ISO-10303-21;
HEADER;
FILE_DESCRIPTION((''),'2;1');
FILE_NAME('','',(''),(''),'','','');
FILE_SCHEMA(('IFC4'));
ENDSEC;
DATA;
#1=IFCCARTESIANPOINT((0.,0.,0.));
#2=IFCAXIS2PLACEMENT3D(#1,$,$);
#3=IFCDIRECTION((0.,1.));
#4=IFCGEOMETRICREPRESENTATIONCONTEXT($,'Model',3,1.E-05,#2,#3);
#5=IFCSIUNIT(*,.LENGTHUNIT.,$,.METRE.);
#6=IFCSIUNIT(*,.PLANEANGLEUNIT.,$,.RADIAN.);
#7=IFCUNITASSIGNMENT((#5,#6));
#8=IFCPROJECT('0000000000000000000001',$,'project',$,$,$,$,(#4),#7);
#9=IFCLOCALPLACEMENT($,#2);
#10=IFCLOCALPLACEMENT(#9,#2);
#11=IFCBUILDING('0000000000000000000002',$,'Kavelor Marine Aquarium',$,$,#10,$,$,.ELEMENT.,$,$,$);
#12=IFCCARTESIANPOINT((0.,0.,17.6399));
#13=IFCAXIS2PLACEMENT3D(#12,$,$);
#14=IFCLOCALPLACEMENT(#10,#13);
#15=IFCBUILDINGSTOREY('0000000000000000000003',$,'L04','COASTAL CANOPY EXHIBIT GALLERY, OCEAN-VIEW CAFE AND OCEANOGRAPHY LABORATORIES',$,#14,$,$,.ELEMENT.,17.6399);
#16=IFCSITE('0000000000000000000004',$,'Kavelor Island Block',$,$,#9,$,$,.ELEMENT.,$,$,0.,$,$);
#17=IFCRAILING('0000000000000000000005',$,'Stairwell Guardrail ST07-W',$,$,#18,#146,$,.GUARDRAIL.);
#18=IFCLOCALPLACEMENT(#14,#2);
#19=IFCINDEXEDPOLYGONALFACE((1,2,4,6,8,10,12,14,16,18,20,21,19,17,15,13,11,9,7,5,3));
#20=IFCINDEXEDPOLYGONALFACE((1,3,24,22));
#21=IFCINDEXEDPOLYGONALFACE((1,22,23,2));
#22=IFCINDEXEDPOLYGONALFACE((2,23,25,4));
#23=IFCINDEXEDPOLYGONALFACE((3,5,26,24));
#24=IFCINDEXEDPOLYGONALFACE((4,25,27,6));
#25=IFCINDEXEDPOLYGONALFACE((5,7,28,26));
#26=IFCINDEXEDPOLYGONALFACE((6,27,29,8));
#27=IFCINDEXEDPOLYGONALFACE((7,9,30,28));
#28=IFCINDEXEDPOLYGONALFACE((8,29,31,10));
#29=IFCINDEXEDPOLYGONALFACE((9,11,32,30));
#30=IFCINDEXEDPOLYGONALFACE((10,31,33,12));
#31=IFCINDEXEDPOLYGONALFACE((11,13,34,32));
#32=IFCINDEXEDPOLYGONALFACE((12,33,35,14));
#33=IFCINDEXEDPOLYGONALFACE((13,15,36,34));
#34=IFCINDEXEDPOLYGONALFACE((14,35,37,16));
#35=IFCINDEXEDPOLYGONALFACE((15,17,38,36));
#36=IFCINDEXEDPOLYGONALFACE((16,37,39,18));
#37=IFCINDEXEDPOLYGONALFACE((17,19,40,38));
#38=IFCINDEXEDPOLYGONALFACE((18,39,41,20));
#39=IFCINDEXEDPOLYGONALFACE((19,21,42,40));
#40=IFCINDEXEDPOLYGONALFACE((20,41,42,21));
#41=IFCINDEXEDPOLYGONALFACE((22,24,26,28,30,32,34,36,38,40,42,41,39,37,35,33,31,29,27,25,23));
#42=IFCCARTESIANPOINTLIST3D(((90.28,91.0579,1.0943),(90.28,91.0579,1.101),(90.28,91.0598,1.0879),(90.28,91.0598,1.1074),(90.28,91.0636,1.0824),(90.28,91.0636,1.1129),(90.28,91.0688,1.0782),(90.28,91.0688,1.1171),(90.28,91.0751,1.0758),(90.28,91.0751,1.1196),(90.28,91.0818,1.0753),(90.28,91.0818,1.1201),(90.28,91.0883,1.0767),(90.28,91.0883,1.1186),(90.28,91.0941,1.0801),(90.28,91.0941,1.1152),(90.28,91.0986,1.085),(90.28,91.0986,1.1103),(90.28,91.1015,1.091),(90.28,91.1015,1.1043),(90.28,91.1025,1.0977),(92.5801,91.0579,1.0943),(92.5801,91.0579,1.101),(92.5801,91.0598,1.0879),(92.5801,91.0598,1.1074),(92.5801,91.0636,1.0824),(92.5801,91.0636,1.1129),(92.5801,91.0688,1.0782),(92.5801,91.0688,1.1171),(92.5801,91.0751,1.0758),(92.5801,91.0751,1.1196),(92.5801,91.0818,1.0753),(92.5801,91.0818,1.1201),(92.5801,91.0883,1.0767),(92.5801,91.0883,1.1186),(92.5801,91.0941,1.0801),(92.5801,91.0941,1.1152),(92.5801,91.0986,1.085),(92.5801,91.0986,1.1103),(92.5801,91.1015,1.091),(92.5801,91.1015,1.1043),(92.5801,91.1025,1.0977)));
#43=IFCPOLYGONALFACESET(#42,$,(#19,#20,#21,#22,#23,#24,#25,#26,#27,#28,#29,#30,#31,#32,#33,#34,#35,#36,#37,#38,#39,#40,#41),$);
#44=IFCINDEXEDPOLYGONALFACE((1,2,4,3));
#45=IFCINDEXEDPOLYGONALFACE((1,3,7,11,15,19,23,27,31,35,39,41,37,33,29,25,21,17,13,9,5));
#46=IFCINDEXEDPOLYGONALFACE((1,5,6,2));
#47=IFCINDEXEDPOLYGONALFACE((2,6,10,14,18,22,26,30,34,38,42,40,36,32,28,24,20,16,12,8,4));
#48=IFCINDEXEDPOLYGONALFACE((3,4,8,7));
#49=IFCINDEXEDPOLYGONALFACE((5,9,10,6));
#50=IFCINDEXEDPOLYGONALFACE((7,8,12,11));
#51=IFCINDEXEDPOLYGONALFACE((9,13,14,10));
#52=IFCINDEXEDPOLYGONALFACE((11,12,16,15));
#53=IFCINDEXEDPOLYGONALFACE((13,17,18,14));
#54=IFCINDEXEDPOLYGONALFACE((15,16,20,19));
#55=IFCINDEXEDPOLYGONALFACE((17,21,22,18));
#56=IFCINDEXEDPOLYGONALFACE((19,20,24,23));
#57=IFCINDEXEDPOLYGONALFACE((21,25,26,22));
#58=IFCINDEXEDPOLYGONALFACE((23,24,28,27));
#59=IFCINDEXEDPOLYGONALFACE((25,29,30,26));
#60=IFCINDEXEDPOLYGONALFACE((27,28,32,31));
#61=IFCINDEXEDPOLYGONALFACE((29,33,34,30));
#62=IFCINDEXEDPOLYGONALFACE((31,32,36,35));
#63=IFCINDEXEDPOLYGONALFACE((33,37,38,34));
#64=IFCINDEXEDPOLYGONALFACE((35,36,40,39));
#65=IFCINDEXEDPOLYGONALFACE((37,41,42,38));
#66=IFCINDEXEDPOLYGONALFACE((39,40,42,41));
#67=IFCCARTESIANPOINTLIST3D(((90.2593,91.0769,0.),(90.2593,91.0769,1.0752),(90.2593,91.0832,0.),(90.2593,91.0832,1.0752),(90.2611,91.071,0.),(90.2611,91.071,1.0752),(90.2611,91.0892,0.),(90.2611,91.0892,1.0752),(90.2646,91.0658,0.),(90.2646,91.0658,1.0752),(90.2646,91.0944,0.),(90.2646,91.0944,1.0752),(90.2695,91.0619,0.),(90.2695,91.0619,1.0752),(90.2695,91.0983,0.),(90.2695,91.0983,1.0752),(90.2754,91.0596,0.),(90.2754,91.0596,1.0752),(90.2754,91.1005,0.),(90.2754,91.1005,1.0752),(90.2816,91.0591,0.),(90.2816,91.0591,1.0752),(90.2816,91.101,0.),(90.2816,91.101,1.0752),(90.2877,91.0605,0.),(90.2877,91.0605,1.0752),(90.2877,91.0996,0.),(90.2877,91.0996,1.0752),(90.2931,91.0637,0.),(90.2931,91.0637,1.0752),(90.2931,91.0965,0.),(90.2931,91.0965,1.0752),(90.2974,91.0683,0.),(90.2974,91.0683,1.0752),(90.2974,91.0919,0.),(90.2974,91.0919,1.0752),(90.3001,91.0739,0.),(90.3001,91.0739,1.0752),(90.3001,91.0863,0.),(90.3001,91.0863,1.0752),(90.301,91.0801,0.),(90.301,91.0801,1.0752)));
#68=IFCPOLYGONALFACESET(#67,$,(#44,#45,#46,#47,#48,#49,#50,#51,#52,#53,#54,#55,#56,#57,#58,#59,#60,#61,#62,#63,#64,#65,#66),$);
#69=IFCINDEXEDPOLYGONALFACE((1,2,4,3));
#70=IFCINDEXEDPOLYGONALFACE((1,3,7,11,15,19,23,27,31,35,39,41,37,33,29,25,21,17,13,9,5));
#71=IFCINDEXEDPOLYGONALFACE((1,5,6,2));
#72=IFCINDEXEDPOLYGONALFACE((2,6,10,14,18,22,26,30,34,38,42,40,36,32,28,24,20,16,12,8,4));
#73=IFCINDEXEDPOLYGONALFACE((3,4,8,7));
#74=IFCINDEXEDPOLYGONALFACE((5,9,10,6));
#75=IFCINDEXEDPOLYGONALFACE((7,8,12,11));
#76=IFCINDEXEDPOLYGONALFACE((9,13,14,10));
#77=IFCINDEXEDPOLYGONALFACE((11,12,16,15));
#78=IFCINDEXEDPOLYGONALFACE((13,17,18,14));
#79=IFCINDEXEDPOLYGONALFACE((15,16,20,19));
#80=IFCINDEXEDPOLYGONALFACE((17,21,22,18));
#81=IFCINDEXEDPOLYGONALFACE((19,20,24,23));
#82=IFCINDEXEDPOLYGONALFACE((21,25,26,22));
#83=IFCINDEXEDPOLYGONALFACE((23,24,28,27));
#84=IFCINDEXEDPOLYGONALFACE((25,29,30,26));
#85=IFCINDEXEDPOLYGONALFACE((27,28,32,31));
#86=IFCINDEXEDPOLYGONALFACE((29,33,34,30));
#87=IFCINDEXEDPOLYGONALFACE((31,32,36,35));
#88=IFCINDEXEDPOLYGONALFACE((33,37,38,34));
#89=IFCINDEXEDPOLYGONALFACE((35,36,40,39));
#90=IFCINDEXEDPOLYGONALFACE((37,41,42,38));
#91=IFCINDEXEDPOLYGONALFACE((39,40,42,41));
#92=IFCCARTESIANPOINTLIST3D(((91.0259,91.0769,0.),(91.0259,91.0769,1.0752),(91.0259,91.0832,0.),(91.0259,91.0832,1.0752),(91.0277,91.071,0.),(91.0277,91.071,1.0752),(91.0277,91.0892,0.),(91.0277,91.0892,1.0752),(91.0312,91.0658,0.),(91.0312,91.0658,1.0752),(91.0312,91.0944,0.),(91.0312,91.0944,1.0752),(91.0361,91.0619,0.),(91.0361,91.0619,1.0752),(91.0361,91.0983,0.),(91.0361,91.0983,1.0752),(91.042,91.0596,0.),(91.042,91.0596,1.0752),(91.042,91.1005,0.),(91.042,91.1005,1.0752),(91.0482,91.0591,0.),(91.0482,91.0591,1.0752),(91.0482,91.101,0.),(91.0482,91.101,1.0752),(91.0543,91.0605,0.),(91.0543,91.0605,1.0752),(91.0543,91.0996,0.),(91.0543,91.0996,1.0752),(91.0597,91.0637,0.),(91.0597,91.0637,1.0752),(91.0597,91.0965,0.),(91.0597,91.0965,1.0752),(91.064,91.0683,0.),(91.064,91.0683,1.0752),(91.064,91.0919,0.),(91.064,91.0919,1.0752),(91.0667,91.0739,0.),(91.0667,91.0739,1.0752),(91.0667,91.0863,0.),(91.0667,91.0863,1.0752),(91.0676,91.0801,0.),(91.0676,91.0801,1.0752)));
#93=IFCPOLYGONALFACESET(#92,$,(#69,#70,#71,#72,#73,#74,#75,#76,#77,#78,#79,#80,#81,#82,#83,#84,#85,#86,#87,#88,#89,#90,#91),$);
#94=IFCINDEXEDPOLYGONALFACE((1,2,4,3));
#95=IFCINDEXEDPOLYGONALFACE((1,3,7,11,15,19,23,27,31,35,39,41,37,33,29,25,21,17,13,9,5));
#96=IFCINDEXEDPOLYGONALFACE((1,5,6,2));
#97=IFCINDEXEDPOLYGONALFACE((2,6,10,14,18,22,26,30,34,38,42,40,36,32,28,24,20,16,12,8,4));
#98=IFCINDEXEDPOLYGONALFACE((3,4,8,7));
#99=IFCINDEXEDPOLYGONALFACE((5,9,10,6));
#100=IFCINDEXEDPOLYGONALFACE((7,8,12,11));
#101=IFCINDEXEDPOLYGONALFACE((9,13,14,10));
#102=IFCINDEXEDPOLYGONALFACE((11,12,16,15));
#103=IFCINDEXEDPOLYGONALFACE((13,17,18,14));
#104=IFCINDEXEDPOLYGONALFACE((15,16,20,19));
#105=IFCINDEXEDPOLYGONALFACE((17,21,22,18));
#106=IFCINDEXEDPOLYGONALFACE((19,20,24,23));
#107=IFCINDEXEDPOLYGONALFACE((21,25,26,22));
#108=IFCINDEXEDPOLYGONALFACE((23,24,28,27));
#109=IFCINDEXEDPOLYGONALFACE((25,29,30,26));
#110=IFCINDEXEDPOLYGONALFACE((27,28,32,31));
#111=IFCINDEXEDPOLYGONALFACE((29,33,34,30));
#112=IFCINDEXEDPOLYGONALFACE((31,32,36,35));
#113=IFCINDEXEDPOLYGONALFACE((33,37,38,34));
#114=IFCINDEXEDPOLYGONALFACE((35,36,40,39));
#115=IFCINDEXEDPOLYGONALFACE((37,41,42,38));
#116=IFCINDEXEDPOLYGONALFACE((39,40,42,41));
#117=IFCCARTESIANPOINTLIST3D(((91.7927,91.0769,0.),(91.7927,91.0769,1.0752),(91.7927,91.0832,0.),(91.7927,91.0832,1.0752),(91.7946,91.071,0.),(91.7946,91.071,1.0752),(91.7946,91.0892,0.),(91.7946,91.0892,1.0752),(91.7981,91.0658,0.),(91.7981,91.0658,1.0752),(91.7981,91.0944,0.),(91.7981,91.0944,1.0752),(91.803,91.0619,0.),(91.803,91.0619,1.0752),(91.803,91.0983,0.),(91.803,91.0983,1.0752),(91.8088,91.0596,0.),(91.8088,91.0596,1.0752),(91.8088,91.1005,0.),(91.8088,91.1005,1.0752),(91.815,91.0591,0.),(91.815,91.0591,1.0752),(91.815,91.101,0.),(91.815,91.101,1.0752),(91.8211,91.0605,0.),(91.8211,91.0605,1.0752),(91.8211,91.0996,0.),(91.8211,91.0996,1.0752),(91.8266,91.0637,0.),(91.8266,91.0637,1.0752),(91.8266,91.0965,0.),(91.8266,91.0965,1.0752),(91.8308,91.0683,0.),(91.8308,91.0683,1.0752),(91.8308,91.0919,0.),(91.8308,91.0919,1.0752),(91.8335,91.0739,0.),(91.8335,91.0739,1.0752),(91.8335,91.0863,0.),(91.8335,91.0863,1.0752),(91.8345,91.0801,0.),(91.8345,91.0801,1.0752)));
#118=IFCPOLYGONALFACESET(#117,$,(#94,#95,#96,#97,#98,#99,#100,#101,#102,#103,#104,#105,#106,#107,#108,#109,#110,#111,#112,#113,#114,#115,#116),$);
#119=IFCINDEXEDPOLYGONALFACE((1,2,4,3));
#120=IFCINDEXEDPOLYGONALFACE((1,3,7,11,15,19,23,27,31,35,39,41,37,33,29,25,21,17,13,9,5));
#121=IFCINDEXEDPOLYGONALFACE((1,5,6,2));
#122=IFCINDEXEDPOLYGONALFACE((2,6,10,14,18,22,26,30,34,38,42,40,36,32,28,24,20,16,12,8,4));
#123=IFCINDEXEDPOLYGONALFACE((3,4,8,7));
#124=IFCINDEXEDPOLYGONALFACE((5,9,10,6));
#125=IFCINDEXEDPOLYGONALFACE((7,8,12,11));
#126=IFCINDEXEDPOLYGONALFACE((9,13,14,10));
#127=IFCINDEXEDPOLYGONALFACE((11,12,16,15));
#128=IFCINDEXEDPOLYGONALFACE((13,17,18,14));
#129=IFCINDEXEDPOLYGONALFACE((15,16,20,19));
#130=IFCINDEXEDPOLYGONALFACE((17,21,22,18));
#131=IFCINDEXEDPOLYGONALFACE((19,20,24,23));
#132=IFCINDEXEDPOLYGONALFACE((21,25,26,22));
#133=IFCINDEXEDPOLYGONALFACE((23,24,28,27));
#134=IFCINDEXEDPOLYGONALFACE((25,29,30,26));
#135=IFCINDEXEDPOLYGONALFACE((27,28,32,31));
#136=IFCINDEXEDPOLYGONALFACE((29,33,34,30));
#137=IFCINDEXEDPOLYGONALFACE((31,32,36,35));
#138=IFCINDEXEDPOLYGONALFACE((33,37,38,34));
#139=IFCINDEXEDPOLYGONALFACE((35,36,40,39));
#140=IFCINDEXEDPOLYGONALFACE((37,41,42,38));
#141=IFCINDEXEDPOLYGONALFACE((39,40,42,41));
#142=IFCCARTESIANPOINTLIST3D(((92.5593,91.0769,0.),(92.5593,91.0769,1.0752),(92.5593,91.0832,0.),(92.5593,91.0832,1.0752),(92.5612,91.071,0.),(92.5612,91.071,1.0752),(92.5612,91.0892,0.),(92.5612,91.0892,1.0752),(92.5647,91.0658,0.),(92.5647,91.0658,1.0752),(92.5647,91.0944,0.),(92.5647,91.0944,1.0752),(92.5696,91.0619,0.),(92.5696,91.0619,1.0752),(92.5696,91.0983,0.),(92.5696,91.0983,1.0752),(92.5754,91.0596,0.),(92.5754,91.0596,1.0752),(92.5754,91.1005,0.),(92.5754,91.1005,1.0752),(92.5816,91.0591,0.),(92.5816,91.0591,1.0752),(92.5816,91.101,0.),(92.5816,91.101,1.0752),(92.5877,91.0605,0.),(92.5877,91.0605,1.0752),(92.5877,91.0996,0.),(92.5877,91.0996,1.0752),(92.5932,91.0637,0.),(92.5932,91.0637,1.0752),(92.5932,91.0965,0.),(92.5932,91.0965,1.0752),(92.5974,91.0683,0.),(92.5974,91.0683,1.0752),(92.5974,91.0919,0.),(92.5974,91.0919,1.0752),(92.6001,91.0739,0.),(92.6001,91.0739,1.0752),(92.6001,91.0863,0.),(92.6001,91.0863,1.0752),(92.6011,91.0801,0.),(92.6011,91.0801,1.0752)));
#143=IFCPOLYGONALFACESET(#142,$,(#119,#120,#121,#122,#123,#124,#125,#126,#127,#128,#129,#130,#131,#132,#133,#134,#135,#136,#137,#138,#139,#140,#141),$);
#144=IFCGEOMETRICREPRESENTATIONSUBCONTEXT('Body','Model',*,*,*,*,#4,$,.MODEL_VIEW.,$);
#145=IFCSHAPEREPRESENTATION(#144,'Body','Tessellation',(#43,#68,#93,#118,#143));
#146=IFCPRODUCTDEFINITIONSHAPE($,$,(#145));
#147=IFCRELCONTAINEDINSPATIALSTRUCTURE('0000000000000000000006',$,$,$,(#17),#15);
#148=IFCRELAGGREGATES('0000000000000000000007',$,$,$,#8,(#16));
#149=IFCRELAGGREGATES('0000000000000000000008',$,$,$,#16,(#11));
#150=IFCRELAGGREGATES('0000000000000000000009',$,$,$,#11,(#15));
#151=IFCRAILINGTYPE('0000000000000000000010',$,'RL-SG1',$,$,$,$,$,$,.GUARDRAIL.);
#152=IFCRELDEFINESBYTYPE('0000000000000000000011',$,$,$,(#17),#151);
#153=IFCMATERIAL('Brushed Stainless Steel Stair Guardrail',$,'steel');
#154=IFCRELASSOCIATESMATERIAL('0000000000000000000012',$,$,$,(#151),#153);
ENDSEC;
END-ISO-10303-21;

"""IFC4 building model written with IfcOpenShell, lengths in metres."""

from ifc_helpers import new_model, si_unit, direction, frame, origin, origin_2d, place, context, subcontext, project, spatial, circle, extrude, material, type_object, element, save


model = new_model("IFC4")

# Units and contexts
model_context = context("Model", 3, precision=1e-05, world=origin(), true_north=direction((0.0, 1.0)))
body_context = subcontext(model_context, "Body", "Model", "MODEL_VIEW")
ifc_project = project(units=[si_unit("LENGTHUNIT", "METRE"), si_unit("PLANEANGLEUNIT", "RADIAN")], contexts=[model_context])

# Site, building, storey
site_placement = place(None, origin())
site = spatial("IfcSite", under=ifc_project, at=site_placement, Name="Kavelor Island Block", CompositionType="ELEMENT", RefElevation=0.0)
building_placement = place(site_placement, origin())
building = spatial("IfcBuilding", under=site, at=building_placement, Name="Kavelor Marine Aquarium", CompositionType="ELEMENT")
storey_placement = place(building_placement, frame((0.0, 0.0, 17.6399)))
storey = spatial("IfcBuildingStorey", under=building, at=storey_placement, Name="L04", Description="COASTAL CANOPY EXHIBIT GALLERY, OCEAN-VIEW CAFE AND OCEANOGRAPHY LABORATORIES", CompositionType="ELEMENT", Elevation=17.6399)

# Railing
ifc_material_1 = material(Name="Brushed Stainless Steel Stair Guardrail", Category="steel")
railing_type_1 = type_object("IfcRailingType", Name="RL-SG1", PredefinedType="GUARDRAIL", material=ifc_material_1)
railing_1_placement = place(storey_placement, frame((90.28, 91.0801, 0.0)))
element("IfcRailing", 1, at=railing_1_placement, inside=storey, type_object=railing_type_1, Name="Stairwell Guardrail ST07-W", PredefinedType="GUARDRAIL", context=body_context, shape_type="SweptSolid", body=[
    extrude(circle(Radius=0.0225, at=origin_2d()), frame((0.0, 0.0, 1.0977), z_axis=(1.0, 0.0, 0.0), x_axis=(0.0, 1.0, 0.0)), (0.0, 0.0, 1.0), 2.3),
    extrude(circle(Radius=0.021, at=origin_2d()), origin(), (0.0, 0.0, 1.0), 1.0752),
    extrude(circle(Radius=0.021, at=origin_2d()), frame((0.7666, 0.0, 0.0)), (0.0, 0.0, 1.0), 1.0752),
    extrude(circle(Radius=0.021, at=origin_2d()), frame((1.5334, 0.0, 0.0)), (0.0, 0.0, 1.0), 1.0752),
    extrude(circle(Radius=0.021, at=origin_2d()), frame((2.3, 0.0, 0.0)), (0.0, 0.0, 1.0), 1.0752),
])

save(model, "model.ifc")
